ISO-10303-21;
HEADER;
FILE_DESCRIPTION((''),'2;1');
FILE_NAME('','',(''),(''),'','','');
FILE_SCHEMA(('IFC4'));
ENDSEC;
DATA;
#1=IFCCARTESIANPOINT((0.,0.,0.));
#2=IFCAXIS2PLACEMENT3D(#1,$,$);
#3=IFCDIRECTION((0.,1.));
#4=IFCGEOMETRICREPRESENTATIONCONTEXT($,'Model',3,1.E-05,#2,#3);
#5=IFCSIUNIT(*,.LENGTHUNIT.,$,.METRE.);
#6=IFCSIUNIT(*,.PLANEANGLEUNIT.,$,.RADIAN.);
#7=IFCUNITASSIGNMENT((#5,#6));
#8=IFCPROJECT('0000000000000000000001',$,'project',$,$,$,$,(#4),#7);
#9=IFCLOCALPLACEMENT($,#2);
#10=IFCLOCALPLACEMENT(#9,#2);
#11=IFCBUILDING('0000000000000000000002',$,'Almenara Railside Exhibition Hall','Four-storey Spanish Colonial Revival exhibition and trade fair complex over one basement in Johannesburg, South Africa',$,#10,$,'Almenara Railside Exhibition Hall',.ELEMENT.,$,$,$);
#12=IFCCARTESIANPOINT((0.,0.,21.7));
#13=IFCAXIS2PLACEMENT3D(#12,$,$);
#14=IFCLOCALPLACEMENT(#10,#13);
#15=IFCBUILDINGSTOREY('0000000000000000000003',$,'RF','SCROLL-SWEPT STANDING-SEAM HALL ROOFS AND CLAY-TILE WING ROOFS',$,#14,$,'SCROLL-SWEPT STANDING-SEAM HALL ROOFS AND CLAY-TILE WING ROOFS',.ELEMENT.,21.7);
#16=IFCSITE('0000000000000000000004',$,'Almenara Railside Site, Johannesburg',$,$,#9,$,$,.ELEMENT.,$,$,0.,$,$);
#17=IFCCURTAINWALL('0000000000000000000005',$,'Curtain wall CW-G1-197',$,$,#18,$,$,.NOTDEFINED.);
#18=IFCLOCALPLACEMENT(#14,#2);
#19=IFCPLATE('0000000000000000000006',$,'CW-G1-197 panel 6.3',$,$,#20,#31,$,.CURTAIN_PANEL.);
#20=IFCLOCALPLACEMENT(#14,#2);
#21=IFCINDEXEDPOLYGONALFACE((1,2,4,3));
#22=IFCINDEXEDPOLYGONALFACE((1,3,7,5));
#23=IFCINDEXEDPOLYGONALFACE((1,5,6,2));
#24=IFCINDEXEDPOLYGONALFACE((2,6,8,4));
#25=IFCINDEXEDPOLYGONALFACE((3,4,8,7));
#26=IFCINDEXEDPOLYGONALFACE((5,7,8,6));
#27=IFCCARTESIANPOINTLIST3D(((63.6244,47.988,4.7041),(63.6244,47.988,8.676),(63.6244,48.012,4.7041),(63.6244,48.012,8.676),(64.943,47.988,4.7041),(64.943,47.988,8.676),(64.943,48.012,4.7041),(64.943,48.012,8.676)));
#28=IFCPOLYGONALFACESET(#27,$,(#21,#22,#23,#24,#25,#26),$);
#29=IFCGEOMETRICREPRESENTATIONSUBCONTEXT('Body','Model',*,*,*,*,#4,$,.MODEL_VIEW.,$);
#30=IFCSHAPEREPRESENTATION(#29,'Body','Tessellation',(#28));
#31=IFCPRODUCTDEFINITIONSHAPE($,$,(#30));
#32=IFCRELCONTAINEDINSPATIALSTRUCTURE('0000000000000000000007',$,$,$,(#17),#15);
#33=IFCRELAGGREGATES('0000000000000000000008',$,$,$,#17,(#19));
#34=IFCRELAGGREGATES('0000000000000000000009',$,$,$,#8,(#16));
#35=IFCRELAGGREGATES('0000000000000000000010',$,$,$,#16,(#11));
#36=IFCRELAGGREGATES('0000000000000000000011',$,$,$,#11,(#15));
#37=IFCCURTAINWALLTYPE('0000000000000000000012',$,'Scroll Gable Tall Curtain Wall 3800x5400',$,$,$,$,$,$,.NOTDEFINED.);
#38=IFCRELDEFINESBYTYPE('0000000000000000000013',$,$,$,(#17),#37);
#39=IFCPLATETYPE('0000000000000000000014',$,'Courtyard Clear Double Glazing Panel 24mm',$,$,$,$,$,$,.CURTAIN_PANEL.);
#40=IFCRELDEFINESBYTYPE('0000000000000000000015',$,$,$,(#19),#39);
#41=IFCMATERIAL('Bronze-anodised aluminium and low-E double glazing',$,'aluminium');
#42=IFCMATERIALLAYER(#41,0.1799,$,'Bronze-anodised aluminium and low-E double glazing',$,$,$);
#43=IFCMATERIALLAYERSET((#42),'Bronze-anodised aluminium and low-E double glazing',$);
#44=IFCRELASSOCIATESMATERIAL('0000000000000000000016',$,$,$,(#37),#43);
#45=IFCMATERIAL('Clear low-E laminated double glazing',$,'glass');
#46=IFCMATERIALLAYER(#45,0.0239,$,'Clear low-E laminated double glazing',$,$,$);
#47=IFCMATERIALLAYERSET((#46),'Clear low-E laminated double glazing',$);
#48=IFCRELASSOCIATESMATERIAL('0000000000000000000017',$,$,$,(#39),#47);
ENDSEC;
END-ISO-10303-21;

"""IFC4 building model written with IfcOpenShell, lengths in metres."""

from ifc_helpers import new_model, si_unit, direction, frame, origin, origin_2d, place, context, subcontext, project, spatial, rectangle, extrude, material, layer, layer_set, type_object, element, aggregate, save


model = new_model("IFC4")

# Units and contexts
model_context = context("Model", 3, precision=1e-05, world=origin(), true_north=direction((0.0, 1.0)))
body_context = subcontext(model_context, "Body", "Model", "MODEL_VIEW")
ifc_project = project(units=[si_unit("LENGTHUNIT", "METRE"), si_unit("PLANEANGLEUNIT", "RADIAN")], contexts=[model_context])

# Site, building, storey
site_placement = place(None, origin())
site = spatial("IfcSite", under=ifc_project, at=site_placement, Name="Almenara Railside Site, Johannesburg", CompositionType="ELEMENT", RefElevation=0.0)
building_placement = place(site_placement, origin())
building = spatial("IfcBuilding", under=site, at=building_placement, Name="Almenara Railside Exhibition Hall", Description="Four-storey Spanish Colonial Revival exhibition and trade fair complex over one basement in Johannesburg, South Africa", LongName="Almenara Railside Exhibition Hall", CompositionType="ELEMENT")
storey_placement = place(building_placement, frame((0.0, 0.0, 21.7)))
storey = spatial("IfcBuildingStorey", under=building, at=storey_placement, Name="RF", Description="SCROLL-SWEPT STANDING-SEAM HALL ROOFS AND CLAY-TILE WING ROOFS", LongName="SCROLL-SWEPT STANDING-SEAM HALL ROOFS AND CLAY-TILE WING ROOFS", CompositionType="ELEMENT", Elevation=21.7)

# Curtain wall
ifc_material_1 = material(Name="Bronze-anodised aluminium and low-E double glazing", Category="aluminium")
ifc_layer_1 = layer(ifc_material_1, 0.1799, Name="Bronze-anodised aluminium and low-E double glazing")
ifc_layer_set_1 = layer_set([ifc_layer_1], Name="Bronze-anodised aluminium and low-E double glazing")
curtain_wall_type = type_object("IfcCurtainWallType", Name="Scroll Gable Tall Curtain Wall 3800x5400", PredefinedType="NOTDEFINED", material=ifc_layer_set_1)
curtain_wall_placement = place(storey_placement, origin())
curtain_wall = element("IfcCurtainWall", 1, at=curtain_wall_placement, inside=storey, type_object=curtain_wall_type, Name="Curtain wall CW-G1-197", PredefinedType="NOTDEFINED")

# Plate
ifc_material_2 = material(Name="Clear low-E laminated double glazing", Category="glass")
ifc_layer_2 = layer(ifc_material_2, 0.0239, Name="Clear low-E laminated double glazing")
ifc_layer_set_2 = layer_set([ifc_layer_2], Name="Clear low-E laminated double glazing")
plate_type = type_object("IfcPlateType", Name="Courtyard Clear Double Glazing Panel 24mm", PredefinedType="CURTAIN_PANEL", material=ifc_layer_set_2)
plate_1_placement = place(storey_placement, frame((64.2837, 48.0, 4.7041), z_axis=(0.0, 0.0, 1.0), x_axis=(1.0, 0.0, 0.0)))
plate_1 = element("IfcPlate", 2, at=plate_1_placement, type_object=plate_type, Name="CW-G1-197 panel 6.3", PredefinedType="CURTAIN_PANEL", context=body_context, shape_type="SweptSolid", body=[
    extrude(rectangle(XDim=1.3186, YDim=0.0239, at=origin_2d()), origin(), (0.0, 0.0, 1.0), 3.9719),
])
aggregate(curtain_wall, [plate_1])

save(model, "model.ifc")
